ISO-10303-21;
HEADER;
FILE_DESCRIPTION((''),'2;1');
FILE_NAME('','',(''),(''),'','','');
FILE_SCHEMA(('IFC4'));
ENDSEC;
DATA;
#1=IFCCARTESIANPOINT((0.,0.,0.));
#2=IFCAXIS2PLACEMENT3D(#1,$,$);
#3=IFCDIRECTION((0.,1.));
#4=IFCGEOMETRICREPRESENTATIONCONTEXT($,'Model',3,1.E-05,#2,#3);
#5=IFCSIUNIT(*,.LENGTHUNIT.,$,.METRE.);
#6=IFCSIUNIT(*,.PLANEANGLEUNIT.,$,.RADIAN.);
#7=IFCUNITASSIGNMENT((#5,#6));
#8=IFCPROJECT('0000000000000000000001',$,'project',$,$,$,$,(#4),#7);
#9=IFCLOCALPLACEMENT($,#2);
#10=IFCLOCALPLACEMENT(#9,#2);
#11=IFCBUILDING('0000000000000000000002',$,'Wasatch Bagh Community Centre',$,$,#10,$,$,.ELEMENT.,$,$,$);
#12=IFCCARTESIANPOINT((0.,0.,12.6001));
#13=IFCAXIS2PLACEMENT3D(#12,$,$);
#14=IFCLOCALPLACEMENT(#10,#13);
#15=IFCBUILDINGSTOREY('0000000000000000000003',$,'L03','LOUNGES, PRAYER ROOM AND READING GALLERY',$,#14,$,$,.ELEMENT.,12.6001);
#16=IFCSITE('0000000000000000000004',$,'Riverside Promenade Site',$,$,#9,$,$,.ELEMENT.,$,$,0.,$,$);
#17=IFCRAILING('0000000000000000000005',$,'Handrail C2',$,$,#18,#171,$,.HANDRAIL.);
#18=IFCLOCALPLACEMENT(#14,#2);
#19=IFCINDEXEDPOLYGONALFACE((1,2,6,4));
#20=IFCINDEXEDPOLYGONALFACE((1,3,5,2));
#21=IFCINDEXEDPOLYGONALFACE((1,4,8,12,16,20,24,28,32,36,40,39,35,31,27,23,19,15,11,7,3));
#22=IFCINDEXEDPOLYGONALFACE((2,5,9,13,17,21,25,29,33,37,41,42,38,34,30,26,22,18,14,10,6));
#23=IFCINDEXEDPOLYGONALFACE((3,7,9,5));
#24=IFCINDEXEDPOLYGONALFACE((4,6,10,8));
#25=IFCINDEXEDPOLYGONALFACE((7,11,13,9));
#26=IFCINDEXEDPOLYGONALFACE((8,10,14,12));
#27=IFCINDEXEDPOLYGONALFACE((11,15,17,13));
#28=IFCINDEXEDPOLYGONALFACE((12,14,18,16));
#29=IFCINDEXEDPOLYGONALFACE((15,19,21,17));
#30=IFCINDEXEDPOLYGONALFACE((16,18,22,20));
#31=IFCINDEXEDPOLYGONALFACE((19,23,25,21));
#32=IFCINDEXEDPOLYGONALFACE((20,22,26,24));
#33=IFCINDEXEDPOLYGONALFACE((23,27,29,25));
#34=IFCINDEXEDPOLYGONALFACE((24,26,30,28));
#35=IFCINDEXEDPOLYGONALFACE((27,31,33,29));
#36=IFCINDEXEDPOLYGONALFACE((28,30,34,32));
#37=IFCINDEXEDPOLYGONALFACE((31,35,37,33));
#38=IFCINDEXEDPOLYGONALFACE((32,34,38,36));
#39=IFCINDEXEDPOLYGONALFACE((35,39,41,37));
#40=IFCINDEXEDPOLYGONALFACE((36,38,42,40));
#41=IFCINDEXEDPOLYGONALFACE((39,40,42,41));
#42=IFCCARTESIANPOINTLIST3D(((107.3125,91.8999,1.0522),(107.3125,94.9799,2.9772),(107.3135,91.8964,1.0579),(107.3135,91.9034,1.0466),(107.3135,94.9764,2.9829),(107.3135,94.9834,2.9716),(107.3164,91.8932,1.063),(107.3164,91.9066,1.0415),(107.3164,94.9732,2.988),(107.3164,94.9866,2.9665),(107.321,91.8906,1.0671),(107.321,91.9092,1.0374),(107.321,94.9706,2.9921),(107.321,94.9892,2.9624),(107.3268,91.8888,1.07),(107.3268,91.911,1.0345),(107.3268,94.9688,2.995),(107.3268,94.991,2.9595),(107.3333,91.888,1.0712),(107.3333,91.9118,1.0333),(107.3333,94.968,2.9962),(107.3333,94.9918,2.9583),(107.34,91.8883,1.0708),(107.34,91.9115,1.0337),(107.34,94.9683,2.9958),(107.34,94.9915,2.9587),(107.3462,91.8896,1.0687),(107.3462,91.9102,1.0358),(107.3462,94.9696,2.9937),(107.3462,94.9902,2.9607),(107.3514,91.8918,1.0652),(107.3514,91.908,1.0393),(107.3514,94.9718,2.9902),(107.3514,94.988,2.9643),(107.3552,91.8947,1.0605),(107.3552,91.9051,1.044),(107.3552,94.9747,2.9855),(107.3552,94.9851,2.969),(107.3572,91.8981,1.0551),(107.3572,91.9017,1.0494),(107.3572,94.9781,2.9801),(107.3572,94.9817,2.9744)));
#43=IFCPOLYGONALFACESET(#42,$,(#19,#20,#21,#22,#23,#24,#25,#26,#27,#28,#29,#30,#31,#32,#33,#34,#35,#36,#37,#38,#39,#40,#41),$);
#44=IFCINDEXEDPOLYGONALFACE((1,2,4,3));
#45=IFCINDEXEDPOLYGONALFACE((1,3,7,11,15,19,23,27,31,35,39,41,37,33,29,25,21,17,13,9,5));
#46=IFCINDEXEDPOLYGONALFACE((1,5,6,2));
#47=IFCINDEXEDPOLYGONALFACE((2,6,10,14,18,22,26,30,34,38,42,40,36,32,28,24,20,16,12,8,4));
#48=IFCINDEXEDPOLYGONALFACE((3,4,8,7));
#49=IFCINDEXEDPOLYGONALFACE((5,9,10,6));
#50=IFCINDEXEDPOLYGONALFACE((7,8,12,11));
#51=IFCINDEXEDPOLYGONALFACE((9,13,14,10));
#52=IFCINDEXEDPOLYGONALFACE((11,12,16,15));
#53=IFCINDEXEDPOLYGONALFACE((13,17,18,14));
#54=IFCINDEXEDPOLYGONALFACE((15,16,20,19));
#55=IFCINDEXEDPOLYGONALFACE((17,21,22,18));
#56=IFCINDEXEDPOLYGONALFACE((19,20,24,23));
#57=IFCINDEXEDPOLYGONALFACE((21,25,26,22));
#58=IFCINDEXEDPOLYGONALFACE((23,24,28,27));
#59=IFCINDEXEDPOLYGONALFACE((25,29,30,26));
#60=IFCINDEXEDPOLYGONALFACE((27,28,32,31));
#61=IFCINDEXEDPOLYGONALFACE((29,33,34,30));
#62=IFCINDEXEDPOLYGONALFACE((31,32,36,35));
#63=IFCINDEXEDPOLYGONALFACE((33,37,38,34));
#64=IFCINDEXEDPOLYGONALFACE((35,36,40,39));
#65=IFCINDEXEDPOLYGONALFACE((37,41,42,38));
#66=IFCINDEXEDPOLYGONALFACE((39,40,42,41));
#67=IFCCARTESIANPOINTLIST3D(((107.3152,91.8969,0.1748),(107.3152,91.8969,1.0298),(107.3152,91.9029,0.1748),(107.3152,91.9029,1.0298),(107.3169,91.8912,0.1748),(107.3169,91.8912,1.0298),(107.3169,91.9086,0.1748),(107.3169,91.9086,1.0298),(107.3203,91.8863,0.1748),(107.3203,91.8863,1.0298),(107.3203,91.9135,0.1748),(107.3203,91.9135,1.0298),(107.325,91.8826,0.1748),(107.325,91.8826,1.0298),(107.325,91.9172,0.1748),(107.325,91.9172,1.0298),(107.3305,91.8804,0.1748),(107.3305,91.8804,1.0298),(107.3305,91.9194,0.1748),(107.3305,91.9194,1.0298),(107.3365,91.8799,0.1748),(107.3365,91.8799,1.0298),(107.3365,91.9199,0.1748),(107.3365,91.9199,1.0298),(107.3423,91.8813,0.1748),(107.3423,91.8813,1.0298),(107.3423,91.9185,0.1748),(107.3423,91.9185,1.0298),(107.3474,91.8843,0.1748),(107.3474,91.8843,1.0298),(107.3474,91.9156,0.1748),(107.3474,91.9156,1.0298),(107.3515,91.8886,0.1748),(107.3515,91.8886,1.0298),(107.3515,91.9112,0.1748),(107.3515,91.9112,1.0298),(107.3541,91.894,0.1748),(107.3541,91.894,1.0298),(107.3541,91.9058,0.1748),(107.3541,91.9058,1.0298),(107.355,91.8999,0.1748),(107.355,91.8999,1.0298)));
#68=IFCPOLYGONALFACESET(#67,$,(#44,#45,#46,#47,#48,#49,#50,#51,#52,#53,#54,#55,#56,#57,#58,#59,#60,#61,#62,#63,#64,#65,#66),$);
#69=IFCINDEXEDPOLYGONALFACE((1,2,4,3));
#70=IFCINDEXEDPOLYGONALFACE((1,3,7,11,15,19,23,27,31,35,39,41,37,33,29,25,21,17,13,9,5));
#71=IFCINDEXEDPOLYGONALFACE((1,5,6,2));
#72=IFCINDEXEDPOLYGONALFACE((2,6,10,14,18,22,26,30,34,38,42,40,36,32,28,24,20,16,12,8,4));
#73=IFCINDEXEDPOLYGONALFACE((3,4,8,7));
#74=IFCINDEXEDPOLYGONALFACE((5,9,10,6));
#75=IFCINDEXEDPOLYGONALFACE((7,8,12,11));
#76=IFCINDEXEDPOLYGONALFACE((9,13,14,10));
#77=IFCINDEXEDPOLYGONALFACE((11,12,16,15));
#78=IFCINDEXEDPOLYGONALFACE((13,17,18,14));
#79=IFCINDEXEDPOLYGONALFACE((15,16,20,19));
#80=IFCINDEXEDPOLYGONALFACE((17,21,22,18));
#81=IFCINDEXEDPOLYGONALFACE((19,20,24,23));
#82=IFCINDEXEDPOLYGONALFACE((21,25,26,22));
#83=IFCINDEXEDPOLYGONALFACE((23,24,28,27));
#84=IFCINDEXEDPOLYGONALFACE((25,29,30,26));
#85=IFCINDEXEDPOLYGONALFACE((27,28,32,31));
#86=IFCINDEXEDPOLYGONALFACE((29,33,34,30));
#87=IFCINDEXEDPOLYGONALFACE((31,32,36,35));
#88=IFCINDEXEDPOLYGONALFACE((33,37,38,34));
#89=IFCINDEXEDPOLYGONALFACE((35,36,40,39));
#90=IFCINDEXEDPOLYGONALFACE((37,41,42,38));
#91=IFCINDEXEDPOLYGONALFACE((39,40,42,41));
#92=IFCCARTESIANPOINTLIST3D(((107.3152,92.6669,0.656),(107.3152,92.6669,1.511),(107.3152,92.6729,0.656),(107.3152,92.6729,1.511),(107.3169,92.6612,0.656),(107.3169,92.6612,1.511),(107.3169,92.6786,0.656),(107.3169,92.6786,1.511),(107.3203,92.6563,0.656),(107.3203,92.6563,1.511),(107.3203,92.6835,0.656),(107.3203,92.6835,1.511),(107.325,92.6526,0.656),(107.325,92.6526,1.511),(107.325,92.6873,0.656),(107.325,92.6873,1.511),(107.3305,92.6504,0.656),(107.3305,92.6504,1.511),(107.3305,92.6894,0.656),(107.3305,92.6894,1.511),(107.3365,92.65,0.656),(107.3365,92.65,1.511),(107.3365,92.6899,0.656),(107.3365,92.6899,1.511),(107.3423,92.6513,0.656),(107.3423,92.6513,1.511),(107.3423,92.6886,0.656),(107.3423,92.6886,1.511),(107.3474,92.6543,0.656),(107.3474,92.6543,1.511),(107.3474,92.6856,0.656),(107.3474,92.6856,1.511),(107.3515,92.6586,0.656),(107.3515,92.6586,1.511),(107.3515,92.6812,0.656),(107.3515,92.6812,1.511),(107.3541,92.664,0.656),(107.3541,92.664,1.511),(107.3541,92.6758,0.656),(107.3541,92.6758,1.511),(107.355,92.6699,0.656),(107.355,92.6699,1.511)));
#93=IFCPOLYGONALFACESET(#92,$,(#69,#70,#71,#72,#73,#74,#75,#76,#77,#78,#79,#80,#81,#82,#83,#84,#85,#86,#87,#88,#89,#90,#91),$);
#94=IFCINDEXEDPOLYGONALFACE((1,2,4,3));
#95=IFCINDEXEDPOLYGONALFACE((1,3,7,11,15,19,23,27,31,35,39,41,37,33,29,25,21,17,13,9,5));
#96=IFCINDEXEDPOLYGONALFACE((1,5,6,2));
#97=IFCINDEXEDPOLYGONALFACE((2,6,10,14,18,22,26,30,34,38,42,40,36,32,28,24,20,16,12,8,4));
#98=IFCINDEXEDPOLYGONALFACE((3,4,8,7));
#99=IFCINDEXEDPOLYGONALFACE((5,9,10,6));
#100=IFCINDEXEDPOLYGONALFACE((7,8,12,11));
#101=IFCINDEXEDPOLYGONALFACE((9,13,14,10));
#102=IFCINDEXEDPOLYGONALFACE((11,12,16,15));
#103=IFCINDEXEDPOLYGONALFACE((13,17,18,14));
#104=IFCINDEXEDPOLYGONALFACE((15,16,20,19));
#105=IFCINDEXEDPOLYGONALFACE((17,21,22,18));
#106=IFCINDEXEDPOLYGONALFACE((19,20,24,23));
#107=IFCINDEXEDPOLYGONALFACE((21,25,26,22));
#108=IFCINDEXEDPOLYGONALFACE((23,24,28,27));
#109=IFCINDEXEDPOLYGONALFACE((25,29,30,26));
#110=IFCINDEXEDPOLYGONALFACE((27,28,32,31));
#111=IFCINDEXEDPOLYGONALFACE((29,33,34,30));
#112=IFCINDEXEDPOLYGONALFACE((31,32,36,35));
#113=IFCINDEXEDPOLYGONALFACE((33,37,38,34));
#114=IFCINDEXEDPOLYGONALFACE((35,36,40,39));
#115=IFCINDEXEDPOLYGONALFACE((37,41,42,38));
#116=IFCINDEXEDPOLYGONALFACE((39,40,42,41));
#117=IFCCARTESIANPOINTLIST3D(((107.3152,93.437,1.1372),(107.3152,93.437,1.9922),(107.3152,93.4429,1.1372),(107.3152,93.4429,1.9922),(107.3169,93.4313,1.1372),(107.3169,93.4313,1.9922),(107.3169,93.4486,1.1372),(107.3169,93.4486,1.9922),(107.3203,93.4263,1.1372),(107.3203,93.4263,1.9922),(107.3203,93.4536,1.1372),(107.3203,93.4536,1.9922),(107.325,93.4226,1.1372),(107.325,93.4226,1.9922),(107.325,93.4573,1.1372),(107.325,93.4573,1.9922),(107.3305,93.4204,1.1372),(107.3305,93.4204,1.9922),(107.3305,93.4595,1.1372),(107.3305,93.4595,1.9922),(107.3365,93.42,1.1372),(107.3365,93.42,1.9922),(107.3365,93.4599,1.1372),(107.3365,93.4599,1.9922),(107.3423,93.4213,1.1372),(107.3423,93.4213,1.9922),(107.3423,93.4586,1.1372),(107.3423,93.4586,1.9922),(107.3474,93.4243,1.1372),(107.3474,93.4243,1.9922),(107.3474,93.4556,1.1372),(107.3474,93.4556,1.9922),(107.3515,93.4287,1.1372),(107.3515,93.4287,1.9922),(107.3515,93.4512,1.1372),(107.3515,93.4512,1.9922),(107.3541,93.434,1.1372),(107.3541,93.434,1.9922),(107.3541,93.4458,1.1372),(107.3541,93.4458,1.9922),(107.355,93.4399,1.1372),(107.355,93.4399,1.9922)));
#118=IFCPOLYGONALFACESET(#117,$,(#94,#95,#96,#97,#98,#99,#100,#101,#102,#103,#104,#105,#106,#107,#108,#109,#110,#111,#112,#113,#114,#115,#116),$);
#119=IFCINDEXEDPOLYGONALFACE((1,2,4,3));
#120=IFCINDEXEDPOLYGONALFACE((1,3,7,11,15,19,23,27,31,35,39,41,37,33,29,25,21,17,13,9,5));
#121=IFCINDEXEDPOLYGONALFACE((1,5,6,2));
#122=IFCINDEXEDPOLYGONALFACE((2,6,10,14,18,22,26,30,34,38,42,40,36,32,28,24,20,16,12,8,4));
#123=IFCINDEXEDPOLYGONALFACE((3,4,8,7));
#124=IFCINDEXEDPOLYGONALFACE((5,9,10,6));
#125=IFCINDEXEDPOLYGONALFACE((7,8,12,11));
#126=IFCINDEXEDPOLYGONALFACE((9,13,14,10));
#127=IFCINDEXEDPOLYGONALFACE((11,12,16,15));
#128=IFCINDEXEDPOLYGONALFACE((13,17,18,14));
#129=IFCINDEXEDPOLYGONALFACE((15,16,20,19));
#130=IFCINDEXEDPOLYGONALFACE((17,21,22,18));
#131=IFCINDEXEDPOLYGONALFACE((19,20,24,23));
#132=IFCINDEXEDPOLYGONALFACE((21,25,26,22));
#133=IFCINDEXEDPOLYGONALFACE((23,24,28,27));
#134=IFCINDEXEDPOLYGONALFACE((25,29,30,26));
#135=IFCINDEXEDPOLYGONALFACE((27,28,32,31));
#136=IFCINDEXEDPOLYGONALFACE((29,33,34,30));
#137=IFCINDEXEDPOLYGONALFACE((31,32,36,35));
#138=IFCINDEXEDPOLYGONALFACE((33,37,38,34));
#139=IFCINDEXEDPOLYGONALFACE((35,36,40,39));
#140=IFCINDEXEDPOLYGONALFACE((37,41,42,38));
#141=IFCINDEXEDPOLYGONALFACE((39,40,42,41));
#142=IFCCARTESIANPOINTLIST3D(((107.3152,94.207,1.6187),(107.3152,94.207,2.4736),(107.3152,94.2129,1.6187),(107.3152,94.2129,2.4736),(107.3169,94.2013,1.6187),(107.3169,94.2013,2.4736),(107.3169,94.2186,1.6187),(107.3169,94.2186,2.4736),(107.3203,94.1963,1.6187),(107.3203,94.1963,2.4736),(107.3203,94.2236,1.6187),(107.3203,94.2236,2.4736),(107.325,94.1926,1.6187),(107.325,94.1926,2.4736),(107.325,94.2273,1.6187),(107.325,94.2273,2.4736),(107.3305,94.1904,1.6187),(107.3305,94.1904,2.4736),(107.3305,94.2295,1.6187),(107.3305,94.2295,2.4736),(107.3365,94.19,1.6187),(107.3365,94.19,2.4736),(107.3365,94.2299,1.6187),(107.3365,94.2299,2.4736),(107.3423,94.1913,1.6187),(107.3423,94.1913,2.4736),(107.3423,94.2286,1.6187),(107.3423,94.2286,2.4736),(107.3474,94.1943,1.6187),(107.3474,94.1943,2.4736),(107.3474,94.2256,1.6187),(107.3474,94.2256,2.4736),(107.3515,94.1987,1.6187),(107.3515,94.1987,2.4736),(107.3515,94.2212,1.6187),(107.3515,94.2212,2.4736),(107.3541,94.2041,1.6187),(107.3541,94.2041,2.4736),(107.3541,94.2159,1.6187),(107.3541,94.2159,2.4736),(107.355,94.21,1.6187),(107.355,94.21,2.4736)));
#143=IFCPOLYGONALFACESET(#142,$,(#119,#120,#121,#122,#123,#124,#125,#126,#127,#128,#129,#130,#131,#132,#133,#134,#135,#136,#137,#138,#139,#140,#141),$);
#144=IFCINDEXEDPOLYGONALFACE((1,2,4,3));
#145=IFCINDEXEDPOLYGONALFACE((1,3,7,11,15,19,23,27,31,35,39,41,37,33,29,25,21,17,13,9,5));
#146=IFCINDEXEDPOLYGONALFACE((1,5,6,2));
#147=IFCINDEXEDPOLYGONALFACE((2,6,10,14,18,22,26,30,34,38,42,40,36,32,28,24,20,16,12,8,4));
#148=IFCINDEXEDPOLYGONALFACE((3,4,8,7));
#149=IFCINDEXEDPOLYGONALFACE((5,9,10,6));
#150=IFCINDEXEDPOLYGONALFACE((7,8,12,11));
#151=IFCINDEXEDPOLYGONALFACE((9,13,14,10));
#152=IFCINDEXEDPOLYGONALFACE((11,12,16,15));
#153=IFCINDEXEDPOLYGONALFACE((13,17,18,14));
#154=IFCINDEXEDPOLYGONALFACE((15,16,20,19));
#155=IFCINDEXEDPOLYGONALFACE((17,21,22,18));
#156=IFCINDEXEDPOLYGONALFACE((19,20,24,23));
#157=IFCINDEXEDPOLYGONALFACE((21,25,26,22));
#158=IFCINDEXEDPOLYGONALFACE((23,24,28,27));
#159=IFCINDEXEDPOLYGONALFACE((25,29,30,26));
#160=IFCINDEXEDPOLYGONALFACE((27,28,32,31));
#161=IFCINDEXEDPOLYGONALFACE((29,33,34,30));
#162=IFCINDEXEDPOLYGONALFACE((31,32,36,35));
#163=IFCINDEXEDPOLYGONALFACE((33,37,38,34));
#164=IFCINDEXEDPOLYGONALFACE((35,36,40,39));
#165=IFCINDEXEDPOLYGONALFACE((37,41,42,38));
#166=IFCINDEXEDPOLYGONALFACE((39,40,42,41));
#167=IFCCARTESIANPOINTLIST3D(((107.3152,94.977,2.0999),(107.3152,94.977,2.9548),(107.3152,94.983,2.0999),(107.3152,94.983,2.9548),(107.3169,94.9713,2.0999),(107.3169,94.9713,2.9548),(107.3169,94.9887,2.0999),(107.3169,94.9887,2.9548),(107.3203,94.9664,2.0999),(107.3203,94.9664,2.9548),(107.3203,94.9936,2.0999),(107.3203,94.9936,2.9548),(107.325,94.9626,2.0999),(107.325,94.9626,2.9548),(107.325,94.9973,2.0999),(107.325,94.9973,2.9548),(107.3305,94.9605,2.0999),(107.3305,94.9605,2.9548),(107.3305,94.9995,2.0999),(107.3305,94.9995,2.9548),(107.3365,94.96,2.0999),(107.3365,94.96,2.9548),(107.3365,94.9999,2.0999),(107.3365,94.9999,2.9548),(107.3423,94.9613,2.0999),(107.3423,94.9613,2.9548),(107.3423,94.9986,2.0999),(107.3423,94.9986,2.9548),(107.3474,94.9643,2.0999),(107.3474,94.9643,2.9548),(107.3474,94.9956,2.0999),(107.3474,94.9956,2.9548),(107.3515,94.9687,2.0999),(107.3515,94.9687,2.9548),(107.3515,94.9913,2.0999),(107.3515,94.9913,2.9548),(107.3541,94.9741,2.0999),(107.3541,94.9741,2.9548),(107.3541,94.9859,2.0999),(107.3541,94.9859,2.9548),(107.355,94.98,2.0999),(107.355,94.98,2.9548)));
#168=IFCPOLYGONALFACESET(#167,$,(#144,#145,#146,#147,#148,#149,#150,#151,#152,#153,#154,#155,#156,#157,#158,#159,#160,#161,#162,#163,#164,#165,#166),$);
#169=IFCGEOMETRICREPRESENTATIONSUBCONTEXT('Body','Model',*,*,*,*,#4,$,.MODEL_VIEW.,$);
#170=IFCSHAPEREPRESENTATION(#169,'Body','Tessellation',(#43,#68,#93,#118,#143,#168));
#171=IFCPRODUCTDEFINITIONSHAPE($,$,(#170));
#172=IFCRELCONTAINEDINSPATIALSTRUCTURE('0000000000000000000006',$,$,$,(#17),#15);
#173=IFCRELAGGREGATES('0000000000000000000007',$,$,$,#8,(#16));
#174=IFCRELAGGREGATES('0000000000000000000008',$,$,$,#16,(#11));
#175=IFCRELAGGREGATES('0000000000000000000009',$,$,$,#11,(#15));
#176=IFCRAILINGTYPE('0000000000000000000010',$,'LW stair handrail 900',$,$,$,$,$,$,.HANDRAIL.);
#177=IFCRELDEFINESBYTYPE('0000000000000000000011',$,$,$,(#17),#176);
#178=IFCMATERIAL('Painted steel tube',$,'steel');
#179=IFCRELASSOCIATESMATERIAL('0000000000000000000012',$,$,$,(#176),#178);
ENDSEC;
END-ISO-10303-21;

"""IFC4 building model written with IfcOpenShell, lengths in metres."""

from ifc_helpers import new_model, si_unit, direction, frame, origin, origin_2d, place, context, subcontext, project, spatial, circle, extrude, material, type_object, element, save


model = new_model("IFC4")

# Units and contexts
model_context = context("Model", 3, precision=1e-05, world=origin(), true_north=direction((0.0, 1.0)))
body_context = subcontext(model_context, "Body", "Model", "MODEL_VIEW")
ifc_project = project(units=[si_unit("LENGTHUNIT", "METRE"), si_unit("PLANEANGLEUNIT", "RADIAN")], contexts=[model_context])

# Site, building, storey
site_placement = place(None, origin())
site = spatial("IfcSite", under=ifc_project, at=site_placement, Name="Riverside Promenade Site", CompositionType="ELEMENT", RefElevation=0.0)
building_placement = place(site_placement, origin())
building = spatial("IfcBuilding", under=site, at=building_placement, Name="Wasatch Bagh Community Centre", CompositionType="ELEMENT")
storey_placement = place(building_placement, frame((0.0, 0.0, 12.6001)))
storey = spatial("IfcBuildingStorey", under=building, at=storey_placement, Name="L03", Description="LOUNGES, PRAYER ROOM AND READING GALLERY", CompositionType="ELEMENT", Elevation=12.6001)

# Railing
ifc_material_1 = material(Name="Painted steel tube", Category="steel")
railing_type_1 = type_object("IfcRailingType", Name="LW stair handrail 900", PredefinedType="HANDRAIL", material=ifc_material_1)
railing_1_placement = place(storey_placement, frame((107.335, 91.8999, 0.1748)))
element("IfcRailing", 1, at=railing_1_placement, inside=storey, type_object=railing_type_1, Name="Handrail C2", PredefinedType="HANDRAIL", context=body_context, shape_type="SweptSolid", body=[
    extrude(circle(Radius=0.0225, at=origin_2d()), frame((0.0, 0.0, 0.8774), z_axis=(0.0, 0.847998, 0.529999), x_axis=(-1.0, 0.0, 0.0)), (0.0, 0.0, 1.0), 3.6321),
    extrude(circle(Radius=0.02, at=origin_2d()), origin(), (0.0, 0.0, 1.0), 0.855),
    extrude(circle(Radius=0.02, at=origin_2d()), frame((0.0, 0.77, 0.4812)), (0.0, 0.0, 1.0), 0.855),
    extrude(circle(Radius=0.02, at=origin_2d()), frame((0.0, 1.54, 0.9624)), (0.0, 0.0, 1.0), 0.855),
    extrude(circle(Radius=0.02, at=origin_2d()), frame((0.0, 2.3101, 1.4438)), (0.0, 0.0, 1.0), 0.855),
    extrude(circle(Radius=0.02, at=origin_2d()), frame((0.0, 3.0801, 1.925)), (0.0, 0.0, 1.0), 0.855),
])

save(model, "model.ifc")
